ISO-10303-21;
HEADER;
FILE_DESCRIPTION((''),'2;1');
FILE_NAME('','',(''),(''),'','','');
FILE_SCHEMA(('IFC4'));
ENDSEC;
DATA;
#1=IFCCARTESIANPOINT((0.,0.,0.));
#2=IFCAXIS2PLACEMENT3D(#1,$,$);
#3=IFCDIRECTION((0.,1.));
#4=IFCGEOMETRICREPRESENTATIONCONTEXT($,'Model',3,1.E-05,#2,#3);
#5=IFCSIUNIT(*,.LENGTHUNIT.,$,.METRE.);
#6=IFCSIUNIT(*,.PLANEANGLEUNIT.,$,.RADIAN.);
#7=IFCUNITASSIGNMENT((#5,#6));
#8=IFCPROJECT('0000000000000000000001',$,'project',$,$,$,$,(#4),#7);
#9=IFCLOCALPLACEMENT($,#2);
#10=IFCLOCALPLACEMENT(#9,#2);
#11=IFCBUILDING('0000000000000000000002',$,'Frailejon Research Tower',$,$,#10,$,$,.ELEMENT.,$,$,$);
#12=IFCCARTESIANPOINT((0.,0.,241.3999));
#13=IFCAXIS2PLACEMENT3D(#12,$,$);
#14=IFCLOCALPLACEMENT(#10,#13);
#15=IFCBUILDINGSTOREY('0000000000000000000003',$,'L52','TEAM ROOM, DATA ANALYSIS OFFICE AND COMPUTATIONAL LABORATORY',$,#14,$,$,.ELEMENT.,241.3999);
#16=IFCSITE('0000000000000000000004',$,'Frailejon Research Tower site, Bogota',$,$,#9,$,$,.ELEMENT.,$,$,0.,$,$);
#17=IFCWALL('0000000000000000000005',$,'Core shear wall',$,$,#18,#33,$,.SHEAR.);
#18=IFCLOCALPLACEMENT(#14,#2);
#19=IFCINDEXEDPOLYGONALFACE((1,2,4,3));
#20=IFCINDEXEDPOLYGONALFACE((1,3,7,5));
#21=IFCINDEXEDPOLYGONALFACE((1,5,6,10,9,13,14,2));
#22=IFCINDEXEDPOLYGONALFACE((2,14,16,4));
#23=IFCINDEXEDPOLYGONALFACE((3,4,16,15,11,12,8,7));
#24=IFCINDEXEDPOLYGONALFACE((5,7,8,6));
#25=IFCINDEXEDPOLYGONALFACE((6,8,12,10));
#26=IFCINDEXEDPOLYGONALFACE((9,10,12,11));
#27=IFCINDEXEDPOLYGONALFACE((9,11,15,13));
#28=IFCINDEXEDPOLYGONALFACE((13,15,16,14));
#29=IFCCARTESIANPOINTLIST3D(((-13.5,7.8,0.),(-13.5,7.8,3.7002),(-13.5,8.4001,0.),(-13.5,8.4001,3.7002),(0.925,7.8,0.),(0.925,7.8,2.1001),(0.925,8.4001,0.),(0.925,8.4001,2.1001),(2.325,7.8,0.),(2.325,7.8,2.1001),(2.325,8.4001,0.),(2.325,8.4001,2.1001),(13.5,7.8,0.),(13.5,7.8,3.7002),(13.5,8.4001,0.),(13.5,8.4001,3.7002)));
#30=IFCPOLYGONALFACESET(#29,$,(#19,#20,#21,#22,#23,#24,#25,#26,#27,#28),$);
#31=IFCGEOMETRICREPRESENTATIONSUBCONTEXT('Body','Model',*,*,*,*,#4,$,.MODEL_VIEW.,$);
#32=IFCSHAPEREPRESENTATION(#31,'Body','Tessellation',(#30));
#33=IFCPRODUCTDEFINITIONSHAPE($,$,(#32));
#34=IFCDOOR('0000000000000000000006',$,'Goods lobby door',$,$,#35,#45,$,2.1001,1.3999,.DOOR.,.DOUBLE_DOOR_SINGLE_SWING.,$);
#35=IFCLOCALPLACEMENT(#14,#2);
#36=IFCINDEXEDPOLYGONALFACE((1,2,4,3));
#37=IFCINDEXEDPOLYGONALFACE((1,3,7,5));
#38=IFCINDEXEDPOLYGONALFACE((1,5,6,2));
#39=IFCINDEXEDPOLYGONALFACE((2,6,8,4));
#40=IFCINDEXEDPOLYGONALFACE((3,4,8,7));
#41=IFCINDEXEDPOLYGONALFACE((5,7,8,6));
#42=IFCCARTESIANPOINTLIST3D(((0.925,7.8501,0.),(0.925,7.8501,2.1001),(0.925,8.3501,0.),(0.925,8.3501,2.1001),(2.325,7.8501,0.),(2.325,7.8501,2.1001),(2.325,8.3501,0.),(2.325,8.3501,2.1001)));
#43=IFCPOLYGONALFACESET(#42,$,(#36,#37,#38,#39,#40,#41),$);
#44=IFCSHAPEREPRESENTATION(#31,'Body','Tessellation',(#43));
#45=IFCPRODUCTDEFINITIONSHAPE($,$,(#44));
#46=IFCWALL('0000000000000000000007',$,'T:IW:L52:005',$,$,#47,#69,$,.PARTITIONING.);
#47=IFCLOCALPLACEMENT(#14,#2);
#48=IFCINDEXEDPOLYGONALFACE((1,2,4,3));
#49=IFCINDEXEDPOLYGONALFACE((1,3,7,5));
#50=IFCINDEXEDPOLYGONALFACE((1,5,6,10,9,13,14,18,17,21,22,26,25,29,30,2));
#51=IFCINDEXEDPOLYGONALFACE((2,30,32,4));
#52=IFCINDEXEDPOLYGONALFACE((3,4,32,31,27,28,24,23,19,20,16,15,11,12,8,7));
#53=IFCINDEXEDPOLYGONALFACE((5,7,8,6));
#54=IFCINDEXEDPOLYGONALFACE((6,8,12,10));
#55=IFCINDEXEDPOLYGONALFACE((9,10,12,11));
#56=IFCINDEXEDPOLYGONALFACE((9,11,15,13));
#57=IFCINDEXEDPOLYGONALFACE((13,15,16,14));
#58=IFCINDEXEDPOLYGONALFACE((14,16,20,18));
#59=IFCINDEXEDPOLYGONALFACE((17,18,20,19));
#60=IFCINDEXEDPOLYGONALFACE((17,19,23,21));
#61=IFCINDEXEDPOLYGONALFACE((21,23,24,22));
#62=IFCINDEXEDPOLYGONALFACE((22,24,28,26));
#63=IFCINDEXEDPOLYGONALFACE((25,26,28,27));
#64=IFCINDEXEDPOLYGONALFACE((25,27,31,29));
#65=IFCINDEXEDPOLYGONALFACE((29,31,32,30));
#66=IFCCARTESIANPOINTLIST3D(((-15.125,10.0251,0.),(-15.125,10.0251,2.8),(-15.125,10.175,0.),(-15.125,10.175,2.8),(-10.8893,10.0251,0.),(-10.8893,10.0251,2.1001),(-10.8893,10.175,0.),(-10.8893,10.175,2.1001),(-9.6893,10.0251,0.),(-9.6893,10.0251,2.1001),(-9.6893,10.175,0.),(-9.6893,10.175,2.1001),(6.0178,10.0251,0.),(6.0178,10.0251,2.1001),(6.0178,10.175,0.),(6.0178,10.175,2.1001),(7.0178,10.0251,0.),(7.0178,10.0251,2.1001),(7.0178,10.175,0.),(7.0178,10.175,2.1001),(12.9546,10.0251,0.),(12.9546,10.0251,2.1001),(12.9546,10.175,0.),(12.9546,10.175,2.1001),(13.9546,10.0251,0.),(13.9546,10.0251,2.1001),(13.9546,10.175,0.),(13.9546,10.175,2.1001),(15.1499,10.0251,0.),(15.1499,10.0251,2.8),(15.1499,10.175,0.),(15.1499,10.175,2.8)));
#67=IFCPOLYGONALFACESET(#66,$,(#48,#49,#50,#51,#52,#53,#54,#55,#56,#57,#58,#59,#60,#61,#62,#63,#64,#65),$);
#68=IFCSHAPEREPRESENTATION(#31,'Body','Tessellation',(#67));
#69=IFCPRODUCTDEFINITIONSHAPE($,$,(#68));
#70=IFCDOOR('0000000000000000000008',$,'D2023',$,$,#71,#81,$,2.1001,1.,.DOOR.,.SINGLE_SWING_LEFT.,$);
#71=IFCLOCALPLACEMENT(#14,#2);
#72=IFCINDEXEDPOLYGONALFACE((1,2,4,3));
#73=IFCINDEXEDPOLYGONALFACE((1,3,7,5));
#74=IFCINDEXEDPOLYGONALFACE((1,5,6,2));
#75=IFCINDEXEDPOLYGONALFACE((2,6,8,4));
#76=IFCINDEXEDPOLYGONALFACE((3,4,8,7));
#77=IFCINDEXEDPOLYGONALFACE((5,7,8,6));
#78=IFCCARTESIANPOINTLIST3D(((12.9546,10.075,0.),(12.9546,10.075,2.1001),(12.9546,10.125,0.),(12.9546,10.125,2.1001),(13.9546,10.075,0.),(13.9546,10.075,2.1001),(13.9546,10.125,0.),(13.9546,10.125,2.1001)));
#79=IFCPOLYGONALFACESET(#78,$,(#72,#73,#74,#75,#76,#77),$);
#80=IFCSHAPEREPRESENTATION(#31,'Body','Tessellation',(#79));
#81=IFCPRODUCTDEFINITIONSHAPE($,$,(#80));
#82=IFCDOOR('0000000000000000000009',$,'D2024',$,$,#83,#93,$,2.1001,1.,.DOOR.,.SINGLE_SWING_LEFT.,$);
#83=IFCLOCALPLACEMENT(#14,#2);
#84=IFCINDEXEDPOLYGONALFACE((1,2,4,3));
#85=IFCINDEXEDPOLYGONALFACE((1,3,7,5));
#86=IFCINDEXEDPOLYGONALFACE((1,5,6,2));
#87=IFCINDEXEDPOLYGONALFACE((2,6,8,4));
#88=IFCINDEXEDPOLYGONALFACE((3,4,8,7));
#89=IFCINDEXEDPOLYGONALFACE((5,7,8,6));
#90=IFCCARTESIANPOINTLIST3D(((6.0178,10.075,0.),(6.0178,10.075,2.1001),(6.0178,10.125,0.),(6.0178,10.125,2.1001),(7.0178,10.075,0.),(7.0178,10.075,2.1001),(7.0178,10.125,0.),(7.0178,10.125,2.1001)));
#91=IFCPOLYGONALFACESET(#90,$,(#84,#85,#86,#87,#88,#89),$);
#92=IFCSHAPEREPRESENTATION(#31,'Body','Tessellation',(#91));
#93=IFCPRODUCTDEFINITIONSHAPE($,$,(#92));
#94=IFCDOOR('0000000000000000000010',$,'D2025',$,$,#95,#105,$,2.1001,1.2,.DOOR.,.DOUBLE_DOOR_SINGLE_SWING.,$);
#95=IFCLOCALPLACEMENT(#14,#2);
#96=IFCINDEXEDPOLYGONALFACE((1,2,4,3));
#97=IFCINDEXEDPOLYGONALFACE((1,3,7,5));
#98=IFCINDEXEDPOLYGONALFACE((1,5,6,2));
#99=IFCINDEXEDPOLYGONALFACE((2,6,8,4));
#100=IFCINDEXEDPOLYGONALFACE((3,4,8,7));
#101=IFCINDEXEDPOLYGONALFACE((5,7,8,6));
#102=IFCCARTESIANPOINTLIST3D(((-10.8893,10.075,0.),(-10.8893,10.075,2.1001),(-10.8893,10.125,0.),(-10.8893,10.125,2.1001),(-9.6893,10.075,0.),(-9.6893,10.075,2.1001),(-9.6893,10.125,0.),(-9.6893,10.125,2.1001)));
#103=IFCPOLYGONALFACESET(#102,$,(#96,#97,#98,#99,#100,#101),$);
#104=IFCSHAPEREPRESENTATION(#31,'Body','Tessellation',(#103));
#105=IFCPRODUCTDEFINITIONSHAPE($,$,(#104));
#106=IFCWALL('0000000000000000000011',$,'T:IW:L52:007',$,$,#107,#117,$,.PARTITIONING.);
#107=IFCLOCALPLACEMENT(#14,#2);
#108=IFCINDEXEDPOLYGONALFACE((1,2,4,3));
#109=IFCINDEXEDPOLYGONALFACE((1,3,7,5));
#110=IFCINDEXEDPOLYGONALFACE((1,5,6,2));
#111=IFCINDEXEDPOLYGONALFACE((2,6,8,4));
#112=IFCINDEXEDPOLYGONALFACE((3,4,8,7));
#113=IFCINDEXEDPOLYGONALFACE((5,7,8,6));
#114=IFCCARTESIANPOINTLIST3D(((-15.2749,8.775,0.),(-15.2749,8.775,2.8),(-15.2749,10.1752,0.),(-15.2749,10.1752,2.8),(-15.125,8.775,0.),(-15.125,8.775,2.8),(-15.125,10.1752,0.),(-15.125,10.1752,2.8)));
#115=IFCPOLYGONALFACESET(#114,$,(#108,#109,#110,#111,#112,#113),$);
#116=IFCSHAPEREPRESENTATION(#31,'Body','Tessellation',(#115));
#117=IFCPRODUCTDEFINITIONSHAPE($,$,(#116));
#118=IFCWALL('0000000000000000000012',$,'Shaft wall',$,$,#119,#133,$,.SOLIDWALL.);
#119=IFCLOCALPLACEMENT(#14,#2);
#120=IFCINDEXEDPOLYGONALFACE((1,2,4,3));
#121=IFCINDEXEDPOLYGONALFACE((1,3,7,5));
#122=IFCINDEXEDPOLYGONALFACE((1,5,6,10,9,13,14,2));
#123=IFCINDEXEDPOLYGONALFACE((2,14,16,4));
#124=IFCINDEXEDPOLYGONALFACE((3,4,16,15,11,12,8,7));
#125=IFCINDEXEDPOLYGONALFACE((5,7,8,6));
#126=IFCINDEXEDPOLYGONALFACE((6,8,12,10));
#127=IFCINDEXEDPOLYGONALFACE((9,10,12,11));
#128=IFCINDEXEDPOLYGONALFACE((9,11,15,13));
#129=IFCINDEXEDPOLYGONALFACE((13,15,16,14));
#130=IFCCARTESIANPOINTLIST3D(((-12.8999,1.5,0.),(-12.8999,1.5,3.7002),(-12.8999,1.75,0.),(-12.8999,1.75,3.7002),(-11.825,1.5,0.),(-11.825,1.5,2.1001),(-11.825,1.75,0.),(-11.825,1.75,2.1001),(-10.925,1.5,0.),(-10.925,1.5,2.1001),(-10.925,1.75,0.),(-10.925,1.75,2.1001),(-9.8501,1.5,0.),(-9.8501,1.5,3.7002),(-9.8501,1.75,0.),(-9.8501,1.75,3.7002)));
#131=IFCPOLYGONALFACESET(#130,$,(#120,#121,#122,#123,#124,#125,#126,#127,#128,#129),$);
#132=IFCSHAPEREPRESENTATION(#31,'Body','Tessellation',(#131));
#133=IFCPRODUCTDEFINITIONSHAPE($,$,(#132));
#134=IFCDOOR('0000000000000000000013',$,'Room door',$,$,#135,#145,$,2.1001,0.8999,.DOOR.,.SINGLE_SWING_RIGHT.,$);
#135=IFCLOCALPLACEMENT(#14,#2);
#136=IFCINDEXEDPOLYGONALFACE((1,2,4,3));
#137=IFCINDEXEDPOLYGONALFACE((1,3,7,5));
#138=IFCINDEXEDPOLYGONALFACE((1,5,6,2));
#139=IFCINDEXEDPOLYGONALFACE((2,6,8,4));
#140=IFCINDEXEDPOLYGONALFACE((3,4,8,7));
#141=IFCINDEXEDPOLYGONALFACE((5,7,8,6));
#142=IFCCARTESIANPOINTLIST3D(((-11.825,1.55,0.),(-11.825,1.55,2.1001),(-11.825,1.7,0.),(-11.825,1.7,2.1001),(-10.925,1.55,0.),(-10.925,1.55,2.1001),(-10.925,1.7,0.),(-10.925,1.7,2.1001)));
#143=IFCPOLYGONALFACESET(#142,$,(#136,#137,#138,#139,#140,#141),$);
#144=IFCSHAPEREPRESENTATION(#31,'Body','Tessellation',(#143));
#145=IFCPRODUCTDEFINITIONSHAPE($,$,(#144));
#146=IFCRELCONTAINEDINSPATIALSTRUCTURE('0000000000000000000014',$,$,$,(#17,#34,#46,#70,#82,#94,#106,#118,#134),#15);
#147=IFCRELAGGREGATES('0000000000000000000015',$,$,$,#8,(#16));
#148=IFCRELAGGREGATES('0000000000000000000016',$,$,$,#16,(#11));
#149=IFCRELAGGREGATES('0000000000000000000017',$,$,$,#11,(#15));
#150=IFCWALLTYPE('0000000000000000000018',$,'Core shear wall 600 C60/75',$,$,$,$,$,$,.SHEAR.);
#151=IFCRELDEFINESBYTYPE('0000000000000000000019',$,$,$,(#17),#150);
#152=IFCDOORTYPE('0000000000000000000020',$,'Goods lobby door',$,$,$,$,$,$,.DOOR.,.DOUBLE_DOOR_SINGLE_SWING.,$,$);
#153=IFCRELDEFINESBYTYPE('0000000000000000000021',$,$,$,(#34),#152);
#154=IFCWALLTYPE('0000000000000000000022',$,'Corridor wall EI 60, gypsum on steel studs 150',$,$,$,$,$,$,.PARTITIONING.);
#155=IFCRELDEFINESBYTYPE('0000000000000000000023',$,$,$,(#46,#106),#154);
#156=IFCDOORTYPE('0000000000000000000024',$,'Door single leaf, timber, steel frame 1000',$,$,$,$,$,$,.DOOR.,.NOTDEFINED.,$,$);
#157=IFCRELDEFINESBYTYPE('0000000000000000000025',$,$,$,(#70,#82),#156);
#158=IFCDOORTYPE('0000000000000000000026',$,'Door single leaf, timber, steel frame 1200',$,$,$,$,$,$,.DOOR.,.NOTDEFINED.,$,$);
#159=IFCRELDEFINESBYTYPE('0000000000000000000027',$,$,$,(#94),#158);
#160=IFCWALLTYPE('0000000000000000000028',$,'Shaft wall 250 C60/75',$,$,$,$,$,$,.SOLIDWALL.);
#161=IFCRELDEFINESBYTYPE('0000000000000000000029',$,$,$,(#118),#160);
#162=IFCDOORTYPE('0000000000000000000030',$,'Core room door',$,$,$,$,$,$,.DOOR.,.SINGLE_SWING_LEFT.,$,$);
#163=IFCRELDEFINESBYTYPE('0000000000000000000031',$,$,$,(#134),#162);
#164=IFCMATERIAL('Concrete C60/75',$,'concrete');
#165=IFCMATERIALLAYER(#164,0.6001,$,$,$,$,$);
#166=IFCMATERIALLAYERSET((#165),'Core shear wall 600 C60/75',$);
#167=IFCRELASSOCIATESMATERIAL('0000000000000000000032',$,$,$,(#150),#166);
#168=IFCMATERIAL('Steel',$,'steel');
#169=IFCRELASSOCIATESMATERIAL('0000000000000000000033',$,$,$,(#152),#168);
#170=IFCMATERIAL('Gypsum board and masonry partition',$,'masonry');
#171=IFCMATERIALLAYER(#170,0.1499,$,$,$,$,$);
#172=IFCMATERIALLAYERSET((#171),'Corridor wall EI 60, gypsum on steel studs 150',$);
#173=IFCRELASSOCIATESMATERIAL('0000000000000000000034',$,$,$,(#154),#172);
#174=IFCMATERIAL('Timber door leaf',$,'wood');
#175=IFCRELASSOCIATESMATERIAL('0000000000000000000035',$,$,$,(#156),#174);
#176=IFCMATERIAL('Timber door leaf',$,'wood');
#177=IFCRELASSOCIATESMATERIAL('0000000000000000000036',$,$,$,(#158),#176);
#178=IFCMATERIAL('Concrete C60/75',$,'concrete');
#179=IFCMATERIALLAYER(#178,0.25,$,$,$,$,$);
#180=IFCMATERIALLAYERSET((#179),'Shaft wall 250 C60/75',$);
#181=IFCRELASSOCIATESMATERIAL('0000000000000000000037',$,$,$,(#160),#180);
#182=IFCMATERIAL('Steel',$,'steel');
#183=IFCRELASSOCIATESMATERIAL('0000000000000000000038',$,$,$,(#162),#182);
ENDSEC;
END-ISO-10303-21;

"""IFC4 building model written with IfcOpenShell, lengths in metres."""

from ifc_helpers import new_model, si_unit, direction, frame, frame_2d, origin, place, context, subcontext, project, spatial, rectangle, extrude, material, layer, layer_set, type_object, element, fill, save


model = new_model("IFC4")

# Units and contexts
model_context = context("Model", 3, precision=1e-05, world=origin(), true_north=direction((0.0, 1.0)))
body_context = subcontext(model_context, "Body", "Model", "MODEL_VIEW")
ifc_project = project(units=[si_unit("LENGTHUNIT", "METRE"), si_unit("PLANEANGLEUNIT", "RADIAN")], contexts=[model_context])

# Site, building, storey
site_placement = place(None, origin())
site = spatial("IfcSite", under=ifc_project, at=site_placement, Name="Frailejon Research Tower site, Bogota", CompositionType="ELEMENT", RefElevation=0.0)
building_placement = place(site_placement, origin())
building = spatial("IfcBuilding", under=site, at=building_placement, Name="Frailejon Research Tower", CompositionType="ELEMENT")
storey_placement = place(building_placement, frame((0.0, 0.0, 241.3999)))
storey = spatial("IfcBuildingStorey", under=building, at=storey_placement, Name="L52", Description="TEAM ROOM, DATA ANALYSIS OFFICE AND COMPUTATIONAL LABORATORY", CompositionType="ELEMENT", Elevation=241.3999)

# Wall, opening, door
ifc_material_1 = material(Name="Concrete C60/75", Category="concrete")
ifc_layer_1 = layer(ifc_material_1, 0.6001)
ifc_layer_set_1 = layer_set([ifc_layer_1], Name="Core shear wall 600 C60/75")
wall_type_1 = type_object("IfcWallType", Name="Core shear wall 600 C60/75", PredefinedType="SHEAR", material=ifc_layer_set_1)
wall_1_placement = place(storey_placement, frame((-13.5, 8.1001, 0.0), z_axis=(0.0, 0.0, 1.0), x_axis=(1.0, 0.0, 0.0)))
wall_1 = element("IfcWall", 1, at=wall_1_placement, inside=storey, type_object=wall_type_1, Name="Core shear wall", PredefinedType="SHEAR", context=body_context, shape_type="SweptSolid", body=[
    extrude(rectangle(XDim=27.0, YDim=0.6001, at=frame_2d((13.5, 0.0))), origin(), (0.0, 0.0, 1.0), 3.7002),
])
opening_1_placement = place(wall_1_placement, frame((14.425, 0.0, 0.0)))
opening_1 = element("IfcOpeningElement", 2, at=opening_1_placement, cuts=wall_1, PredefinedType="OPENING", context=body_context, shape_type="SweptSolid", body=[
    extrude(rectangle(XDim=1.3999, YDim=2.1001, at=frame_2d((0.7, 1.05))), frame((0.0, 0.3101, 0.0), z_axis=(0.0, -1.0, 0.0), x_axis=(1.0, 0.0, 0.0)), (0.0, 0.0, 1.0), 0.6201),
])
ifc_material_2 = material(Name="Steel", Category="steel")
door_type_1 = type_object("IfcDoorType", Name="Goods lobby door", OperationType="DOUBLE_DOOR_SINGLE_SWING", PredefinedType="DOOR", material=ifc_material_2)
door_1_placement = place(opening_1_placement, origin())
door_1 = element("IfcDoor", 3, at=door_1_placement, inside=storey, type_object=door_type_1, Name="Goods lobby door", OperationType="DOUBLE_DOOR_SINGLE_SWING", OverallHeight=2.1001, OverallWidth=1.3999, PredefinedType="DOOR", context=body_context, shape_type="SweptSolid", body=[
    extrude(rectangle(XDim=1.3999, YDim=2.1001, at=frame_2d((0.7, 1.05))), frame((0.0, 0.25, 0.0), z_axis=(0.0, -1.0, 0.0), x_axis=(1.0, 0.0, 0.0)), (0.0, 0.0, 1.0), 0.5),
])
fill(opening_1, door_1)

# Wall, openings, doors
ifc_material_3 = material(Name="Gypsum board and masonry partition", Category="masonry")
ifc_layer_2 = layer(ifc_material_3, 0.1499)
ifc_layer_set_2 = layer_set([ifc_layer_2], Name="Corridor wall EI 60, gypsum on steel studs 150")
wall_type_2 = type_object("IfcWallType", Name="Corridor wall EI 60, gypsum on steel studs 150", PredefinedType="PARTITIONING", material=ifc_layer_set_2)
wall_2_placement = place(storey_placement, frame((-15.125, 10.1001, 0.0), z_axis=(0.0, 0.0, 1.0), x_axis=(1.0, 0.0, 0.0)))
wall_2 = element("IfcWall", 4, at=wall_2_placement, inside=storey, type_object=wall_type_2, Name="T:IW:L52:005", PredefinedType="PARTITIONING", context=body_context, shape_type="SweptSolid", body=[
    extrude(rectangle(XDim=30.2749, YDim=0.1499, at=frame_2d((15.1375, 0.0))), origin(), (0.0, 0.0, 1.0), 2.8),
])
opening_2_placement = place(wall_2_placement, frame((28.0796, 0.0, 0.0)))
opening_2 = element("IfcOpeningElement", 5, at=opening_2_placement, cuts=wall_2, PredefinedType="OPENING", context=body_context, shape_type="SweptSolid", body=[
    extrude(rectangle(XDim=1.0, YDim=2.1001, at=frame_2d((0.5, 1.05))), frame((0.0, 0.085, 0.0), z_axis=(0.0, -1.0, 0.0), x_axis=(1.0, 0.0, 0.0)), (0.0, 0.0, 1.0), 0.1699),
])
opening_3_placement = place(wall_2_placement, frame((21.1428, 0.0, 0.0)))
opening_3 = element("IfcOpeningElement", 6, at=opening_3_placement, cuts=wall_2, PredefinedType="OPENING", context=body_context, shape_type="SweptSolid", body=[
    extrude(rectangle(XDim=1.0, YDim=2.1001, at=frame_2d((0.5, 1.05))), frame((0.0, 0.085, 0.0), z_axis=(0.0, -1.0, 0.0), x_axis=(1.0, 0.0, 0.0)), (0.0, 0.0, 1.0), 0.1699),
])
opening_4_placement = place(wall_2_placement, frame((4.2356, 0.0, 0.0)))
opening_4 = element("IfcOpeningElement", 7, at=opening_4_placement, cuts=wall_2, PredefinedType="OPENING", context=body_context, shape_type="SweptSolid", body=[
    extrude(rectangle(XDim=1.2, YDim=2.1001, at=frame_2d((0.6001, 1.05))), frame((0.0, 0.085, 0.0), z_axis=(0.0, -1.0, 0.0), x_axis=(1.0, 0.0, 0.0)), (0.0, 0.0, 1.0), 0.1699),
])
ifc_material_4 = material(Name="Timber door leaf", Category="wood")
door_type_2 = type_object("IfcDoorType", Name="Door single leaf, timber, steel frame 1000", OperationType="NOTDEFINED", PredefinedType="DOOR", material=ifc_material_4)
door_2_placement = place(opening_2_placement, origin())
door_2 = element("IfcDoor", 8, at=door_2_placement, inside=storey, type_object=door_type_2, Name="D2023", OperationType="SINGLE_SWING_LEFT", OverallHeight=2.1001, OverallWidth=1.0, PredefinedType="DOOR", context=body_context, shape_type="SweptSolid", body=[
    extrude(rectangle(XDim=1.0, YDim=2.1001, at=frame_2d((0.5, 1.05))), frame((0.0, 0.0249, 0.0), z_axis=(0.0, -1.0, 0.0), x_axis=(1.0, 0.0, 0.0)), (0.0, 0.0, 1.0), 0.05),
])
fill(opening_2, door_2)
door_3_placement = place(opening_3_placement, origin())
door_3 = element("IfcDoor", 9, at=door_3_placement, inside=storey, type_object=door_type_2, Name="D2024", OperationType="SINGLE_SWING_LEFT", OverallHeight=2.1001, OverallWidth=1.0, PredefinedType="DOOR", context=body_context, shape_type="SweptSolid", body=[
    extrude(rectangle(XDim=1.0, YDim=2.1001, at=frame_2d((0.5, 1.05))), frame((0.0, 0.0249, 0.0), z_axis=(0.0, -1.0, 0.0), x_axis=(1.0, 0.0, 0.0)), (0.0, 0.0, 1.0), 0.05),
])
fill(opening_3, door_3)
ifc_material_5 = material(Name="Timber door leaf", Category="wood")
door_type_3 = type_object("IfcDoorType", Name="Door single leaf, timber, steel frame 1200", OperationType="NOTDEFINED", PredefinedType="DOOR", material=ifc_material_5)
door_4_placement = place(opening_4_placement, origin())
door_4 = element("IfcDoor", 10, at=door_4_placement, inside=storey, type_object=door_type_3, Name="D2025", OperationType="DOUBLE_DOOR_SINGLE_SWING", OverallHeight=2.1001, OverallWidth=1.2, PredefinedType="DOOR", context=body_context, shape_type="SweptSolid", body=[
    extrude(rectangle(XDim=1.2, YDim=2.1001, at=frame_2d((0.6001, 1.05))), frame((0.0, 0.0249, 0.0), z_axis=(0.0, -1.0, 0.0), x_axis=(1.0, 0.0, 0.0)), (0.0, 0.0, 1.0), 0.05),
])
fill(opening_4, door_4)

# Wall
wall_3_placement = place(storey_placement, frame((-15.2, 8.7749, 0.0), z_axis=(0.0, 0.0, 1.0), x_axis=(0.0, 1.0, 0.0)))
element("IfcWall", 11, at=wall_3_placement, inside=storey, type_object=wall_type_2, Name="T:IW:L52:007", PredefinedType="PARTITIONING", context=body_context, shape_type="SweptSolid", body=[
    extrude(rectangle(XDim=1.4001, YDim=0.1499, at=frame_2d((0.7002, 0.0))), origin(), (0.0, 0.0, 1.0), 2.8),
])

# Wall, opening, door
ifc_material_6 = material(Name="Concrete C60/75", Category="concrete")
ifc_layer_3 = layer(ifc_material_6, 0.25)
ifc_layer_set_3 = layer_set([ifc_layer_3], Name="Shaft wall 250 C60/75")
wall_type_3 = type_object("IfcWallType", Name="Shaft wall 250 C60/75", PredefinedType="SOLIDWALL", material=ifc_layer_set_3)
wall_4_placement = place(storey_placement, frame((-12.8999, 1.625, 0.0), z_axis=(0.0, 0.0, 1.0), x_axis=(1.0, 0.0, 0.0)))
wall_4 = element("IfcWall", 12, at=wall_4_placement, inside=storey, type_object=wall_type_3, Name="Shaft wall", PredefinedType="SOLIDWALL", context=body_context, shape_type="SweptSolid", body=[
    extrude(rectangle(XDim=3.0498, YDim=0.25, at=frame_2d((1.5249, 0.0))), origin(), (0.0, 0.0, 1.0), 3.7002),
])
opening_5_placement = place(wall_4_placement, frame((1.075, 0.0, 0.0)))
opening_5 = element("IfcOpeningElement", 13, at=opening_5_placement, cuts=wall_4, PredefinedType="OPENING", context=body_context, shape_type="SweptSolid", body=[
    extrude(rectangle(XDim=0.8999, YDim=2.1001, at=frame_2d((0.45, 1.05))), frame((0.0, 0.135, 0.0), z_axis=(0.0, -1.0, 0.0), x_axis=(1.0, 0.0, 0.0)), (0.0, 0.0, 1.0), 0.27),
])
ifc_material_7 = material(Name="Steel", Category="steel")
door_type_4 = type_object("IfcDoorType", Name="Core room door", OperationType="SINGLE_SWING_LEFT", PredefinedType="DOOR", material=ifc_material_7)
door_5_placement = place(opening_5_placement, origin())
door_5 = element("IfcDoor", 14, at=door_5_placement, inside=storey, type_object=door_type_4, Name="Room door", OperationType="SINGLE_SWING_RIGHT", OverallHeight=2.1001, OverallWidth=0.8999, PredefinedType="DOOR", context=body_context, shape_type="SweptSolid", body=[
    extrude(rectangle(XDim=0.8999, YDim=2.1001, at=frame_2d((0.45, 1.05))), frame((0.0, 0.075, 0.0), z_axis=(0.0, -1.0, 0.0), x_axis=(1.0, 0.0, 0.0)), (0.0, 0.0, 1.0), 0.1499),
])
fill(opening_5, door_5)

save(model, "model.ifc")
